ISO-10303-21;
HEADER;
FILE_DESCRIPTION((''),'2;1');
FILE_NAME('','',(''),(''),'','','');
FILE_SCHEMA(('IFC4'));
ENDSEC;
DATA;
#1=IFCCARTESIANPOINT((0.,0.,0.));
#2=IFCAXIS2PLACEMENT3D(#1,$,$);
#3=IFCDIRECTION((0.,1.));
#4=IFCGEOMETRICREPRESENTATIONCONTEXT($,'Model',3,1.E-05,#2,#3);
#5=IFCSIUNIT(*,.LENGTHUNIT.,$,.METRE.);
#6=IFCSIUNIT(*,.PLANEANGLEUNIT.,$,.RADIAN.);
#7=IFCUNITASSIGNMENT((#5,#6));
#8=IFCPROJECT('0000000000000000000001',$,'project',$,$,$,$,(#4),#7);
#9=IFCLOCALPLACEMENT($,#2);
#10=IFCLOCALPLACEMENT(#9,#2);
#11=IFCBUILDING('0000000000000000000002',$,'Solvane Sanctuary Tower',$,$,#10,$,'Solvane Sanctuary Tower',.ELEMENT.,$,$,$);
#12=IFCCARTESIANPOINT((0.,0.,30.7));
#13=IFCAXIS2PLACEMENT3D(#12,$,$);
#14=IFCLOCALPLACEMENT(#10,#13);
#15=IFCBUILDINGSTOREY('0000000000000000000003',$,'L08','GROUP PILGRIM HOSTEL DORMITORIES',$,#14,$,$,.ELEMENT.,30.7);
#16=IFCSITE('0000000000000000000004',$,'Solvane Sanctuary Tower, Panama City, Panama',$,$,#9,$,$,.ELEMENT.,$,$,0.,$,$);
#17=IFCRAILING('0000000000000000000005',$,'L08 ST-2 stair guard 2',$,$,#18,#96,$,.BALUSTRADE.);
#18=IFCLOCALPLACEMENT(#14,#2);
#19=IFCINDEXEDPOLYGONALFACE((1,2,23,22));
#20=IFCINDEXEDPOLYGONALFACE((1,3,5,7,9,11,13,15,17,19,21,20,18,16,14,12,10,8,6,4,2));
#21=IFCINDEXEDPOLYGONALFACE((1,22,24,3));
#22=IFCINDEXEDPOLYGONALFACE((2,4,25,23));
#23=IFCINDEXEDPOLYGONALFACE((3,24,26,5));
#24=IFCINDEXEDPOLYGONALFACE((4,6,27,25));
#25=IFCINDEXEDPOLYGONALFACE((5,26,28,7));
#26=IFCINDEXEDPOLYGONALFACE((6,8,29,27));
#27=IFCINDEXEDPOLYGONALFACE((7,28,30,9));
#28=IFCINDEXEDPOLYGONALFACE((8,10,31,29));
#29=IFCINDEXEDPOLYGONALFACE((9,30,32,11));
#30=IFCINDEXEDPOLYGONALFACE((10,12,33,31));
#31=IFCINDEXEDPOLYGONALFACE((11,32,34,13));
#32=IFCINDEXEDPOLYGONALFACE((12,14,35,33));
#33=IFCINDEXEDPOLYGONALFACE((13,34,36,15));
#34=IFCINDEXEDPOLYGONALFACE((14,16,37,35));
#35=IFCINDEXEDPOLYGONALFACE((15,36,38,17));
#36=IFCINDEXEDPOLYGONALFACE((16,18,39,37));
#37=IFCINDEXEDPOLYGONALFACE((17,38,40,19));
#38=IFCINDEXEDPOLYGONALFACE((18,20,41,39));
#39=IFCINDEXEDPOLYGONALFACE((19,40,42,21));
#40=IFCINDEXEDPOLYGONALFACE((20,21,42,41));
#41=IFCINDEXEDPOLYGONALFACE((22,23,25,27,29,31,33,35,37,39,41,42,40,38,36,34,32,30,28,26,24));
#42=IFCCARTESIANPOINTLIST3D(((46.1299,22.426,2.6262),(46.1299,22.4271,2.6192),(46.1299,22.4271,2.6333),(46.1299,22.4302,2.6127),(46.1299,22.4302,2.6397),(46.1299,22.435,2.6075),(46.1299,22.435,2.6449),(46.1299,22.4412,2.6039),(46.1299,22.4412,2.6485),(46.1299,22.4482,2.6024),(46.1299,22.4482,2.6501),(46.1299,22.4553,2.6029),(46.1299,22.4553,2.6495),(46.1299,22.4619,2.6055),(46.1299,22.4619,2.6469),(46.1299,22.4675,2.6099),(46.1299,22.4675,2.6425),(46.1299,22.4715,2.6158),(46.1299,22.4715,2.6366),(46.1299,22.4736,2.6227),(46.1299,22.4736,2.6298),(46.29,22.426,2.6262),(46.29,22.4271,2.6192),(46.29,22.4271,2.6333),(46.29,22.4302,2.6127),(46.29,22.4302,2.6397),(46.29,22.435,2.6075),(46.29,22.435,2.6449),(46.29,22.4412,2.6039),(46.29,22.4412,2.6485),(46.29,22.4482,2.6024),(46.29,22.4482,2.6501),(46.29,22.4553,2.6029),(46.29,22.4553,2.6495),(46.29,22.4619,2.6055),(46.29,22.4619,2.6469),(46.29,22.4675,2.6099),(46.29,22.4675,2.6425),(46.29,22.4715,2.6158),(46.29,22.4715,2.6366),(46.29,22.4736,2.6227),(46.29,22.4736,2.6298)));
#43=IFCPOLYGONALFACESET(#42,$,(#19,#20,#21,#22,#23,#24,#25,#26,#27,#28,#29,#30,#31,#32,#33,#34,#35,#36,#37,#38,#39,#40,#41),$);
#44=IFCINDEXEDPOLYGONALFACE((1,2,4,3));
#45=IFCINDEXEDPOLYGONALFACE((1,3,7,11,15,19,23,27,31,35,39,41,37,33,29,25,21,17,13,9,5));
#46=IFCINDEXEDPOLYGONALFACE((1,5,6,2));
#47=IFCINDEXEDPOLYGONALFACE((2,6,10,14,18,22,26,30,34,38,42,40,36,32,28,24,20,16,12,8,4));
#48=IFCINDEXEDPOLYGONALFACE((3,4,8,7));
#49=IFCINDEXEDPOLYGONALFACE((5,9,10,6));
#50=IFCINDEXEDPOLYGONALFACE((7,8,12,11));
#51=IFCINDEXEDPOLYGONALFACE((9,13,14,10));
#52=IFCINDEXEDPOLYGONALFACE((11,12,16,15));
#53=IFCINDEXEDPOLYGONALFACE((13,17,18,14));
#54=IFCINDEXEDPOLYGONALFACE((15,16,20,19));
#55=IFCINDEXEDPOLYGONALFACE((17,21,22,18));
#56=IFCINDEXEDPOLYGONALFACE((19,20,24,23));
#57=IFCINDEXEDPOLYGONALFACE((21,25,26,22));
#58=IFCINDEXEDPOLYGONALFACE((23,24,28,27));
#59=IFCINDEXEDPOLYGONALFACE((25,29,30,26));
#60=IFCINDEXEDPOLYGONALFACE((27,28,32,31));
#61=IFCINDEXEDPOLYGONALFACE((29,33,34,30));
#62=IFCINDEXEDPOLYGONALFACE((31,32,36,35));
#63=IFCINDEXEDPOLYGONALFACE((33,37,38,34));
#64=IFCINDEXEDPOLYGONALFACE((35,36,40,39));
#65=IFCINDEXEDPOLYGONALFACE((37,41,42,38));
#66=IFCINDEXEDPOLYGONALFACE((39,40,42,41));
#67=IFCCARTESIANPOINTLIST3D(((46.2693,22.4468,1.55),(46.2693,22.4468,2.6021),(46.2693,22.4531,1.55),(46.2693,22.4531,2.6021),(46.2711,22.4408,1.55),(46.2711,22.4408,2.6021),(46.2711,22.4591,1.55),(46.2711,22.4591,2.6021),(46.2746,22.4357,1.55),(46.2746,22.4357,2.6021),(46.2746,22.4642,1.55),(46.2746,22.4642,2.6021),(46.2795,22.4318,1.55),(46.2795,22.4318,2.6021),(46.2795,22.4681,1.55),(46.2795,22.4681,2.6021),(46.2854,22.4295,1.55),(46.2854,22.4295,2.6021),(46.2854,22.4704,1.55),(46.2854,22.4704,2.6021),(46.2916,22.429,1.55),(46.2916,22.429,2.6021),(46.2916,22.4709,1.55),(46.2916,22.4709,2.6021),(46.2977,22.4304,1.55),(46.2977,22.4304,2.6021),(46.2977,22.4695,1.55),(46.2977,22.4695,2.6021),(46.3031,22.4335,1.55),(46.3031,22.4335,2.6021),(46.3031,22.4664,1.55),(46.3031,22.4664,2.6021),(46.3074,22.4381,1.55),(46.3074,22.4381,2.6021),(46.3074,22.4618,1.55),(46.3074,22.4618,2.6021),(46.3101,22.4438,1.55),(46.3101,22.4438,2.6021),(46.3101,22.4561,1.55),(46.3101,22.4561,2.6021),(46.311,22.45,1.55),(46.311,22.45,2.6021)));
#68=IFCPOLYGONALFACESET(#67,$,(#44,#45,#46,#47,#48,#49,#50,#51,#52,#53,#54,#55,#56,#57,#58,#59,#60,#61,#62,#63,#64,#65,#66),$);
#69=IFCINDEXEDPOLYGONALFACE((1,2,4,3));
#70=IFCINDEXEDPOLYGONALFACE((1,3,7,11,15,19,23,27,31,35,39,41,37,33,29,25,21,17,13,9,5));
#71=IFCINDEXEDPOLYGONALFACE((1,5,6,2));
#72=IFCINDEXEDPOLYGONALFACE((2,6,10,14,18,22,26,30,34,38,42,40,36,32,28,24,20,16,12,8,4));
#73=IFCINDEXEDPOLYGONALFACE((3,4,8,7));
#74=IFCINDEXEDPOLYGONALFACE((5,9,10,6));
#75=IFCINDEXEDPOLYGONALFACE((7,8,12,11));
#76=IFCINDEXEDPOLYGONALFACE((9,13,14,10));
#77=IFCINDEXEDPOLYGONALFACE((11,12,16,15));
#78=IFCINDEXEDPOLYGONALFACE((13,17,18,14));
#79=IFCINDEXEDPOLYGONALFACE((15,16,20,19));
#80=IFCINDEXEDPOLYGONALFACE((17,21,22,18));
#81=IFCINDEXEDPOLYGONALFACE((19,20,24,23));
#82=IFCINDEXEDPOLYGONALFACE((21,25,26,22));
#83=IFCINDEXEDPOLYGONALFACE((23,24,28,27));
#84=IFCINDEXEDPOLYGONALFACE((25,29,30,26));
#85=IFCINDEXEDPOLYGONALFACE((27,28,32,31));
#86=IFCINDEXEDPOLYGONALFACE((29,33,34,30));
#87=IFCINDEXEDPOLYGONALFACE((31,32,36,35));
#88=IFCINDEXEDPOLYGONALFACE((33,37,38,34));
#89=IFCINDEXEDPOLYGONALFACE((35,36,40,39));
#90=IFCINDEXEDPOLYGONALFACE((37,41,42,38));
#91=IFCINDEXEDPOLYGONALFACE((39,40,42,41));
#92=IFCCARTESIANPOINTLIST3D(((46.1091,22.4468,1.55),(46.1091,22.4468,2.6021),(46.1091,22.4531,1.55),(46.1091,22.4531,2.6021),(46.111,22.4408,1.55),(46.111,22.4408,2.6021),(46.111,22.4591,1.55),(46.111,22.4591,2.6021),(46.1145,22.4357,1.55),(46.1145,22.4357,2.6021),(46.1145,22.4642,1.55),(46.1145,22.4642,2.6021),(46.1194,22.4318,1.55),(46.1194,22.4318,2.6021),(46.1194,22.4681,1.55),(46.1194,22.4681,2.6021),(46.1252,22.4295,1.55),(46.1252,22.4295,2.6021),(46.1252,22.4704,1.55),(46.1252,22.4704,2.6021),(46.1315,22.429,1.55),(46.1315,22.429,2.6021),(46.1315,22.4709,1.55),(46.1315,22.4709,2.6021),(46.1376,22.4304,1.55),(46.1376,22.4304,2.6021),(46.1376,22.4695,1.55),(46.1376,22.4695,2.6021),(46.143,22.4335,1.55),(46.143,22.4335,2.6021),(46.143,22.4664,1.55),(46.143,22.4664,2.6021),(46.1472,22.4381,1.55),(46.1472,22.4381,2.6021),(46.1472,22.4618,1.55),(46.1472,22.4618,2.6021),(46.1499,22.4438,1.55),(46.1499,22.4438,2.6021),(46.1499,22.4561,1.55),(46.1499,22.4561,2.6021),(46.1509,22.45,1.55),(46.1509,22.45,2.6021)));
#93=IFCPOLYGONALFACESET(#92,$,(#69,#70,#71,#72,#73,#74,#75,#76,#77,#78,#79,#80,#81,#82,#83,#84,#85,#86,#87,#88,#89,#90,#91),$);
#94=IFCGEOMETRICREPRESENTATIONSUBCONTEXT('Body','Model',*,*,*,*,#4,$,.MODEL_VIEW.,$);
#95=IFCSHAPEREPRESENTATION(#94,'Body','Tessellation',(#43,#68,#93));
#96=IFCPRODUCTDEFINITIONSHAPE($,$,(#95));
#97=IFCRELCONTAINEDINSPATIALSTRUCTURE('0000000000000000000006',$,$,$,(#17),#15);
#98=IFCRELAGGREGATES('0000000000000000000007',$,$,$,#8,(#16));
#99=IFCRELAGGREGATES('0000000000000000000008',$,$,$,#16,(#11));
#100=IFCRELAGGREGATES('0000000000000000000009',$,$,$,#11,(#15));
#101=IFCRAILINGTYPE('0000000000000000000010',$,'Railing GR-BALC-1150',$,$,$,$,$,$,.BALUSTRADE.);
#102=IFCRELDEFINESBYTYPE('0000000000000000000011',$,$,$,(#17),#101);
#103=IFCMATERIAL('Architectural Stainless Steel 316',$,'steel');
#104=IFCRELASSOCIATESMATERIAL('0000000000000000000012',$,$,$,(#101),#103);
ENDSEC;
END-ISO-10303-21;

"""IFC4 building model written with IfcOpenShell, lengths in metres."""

from ifc_helpers import new_model, si_unit, direction, frame, origin, origin_2d, place, context, subcontext, project, spatial, circle, extrude, material, type_object, element, save


model = new_model("IFC4")

# Units and contexts
model_context = context("Model", 3, precision=1e-05, world=origin(), true_north=direction((0.0, 1.0)))
body_context = subcontext(model_context, "Body", "Model", "MODEL_VIEW")
ifc_project = project(units=[si_unit("LENGTHUNIT", "METRE"), si_unit("PLANEANGLEUNIT", "RADIAN")], contexts=[model_context])

# Site, building, storey
site_placement = place(None, origin())
site = spatial("IfcSite", under=ifc_project, at=site_placement, Name="Solvane Sanctuary Tower, Panama City, Panama", CompositionType="ELEMENT", RefElevation=0.0)
building_placement = place(site_placement, origin())
building = spatial("IfcBuilding", under=site, at=building_placement, Name="Solvane Sanctuary Tower", LongName="Solvane Sanctuary Tower", CompositionType="ELEMENT")
storey_placement = place(building_placement, frame((0.0, 0.0, 30.7)))
storey = spatial("IfcBuildingStorey", under=building, at=storey_placement, Name="L08", Description="GROUP PILGRIM HOSTEL DORMITORIES", CompositionType="ELEMENT", Elevation=30.7)

# Shared definitions
ifc_material_1 = material(Name="Architectural Stainless Steel 316", Category="steel")

# Railing
railing_type_1 = type_object("IfcRailingType", Name="Railing GR-BALC-1150", PredefinedType="BALUSTRADE", material=ifc_material_1)
railing_1_placement = place(storey_placement, frame((46.29, 22.45, 1.55)))
element("IfcRailing", 1, at=railing_1_placement, inside=storey, type_object=railing_type_1, Name="L08 ST-2 stair guard 2", PredefinedType="BALUSTRADE", context=body_context, shape_type="SweptSolid", body=[
    extrude(circle(Radius=0.0239, at=origin_2d()), frame((0.0, 0.0, 1.0762), z_axis=(-1.0, 0.0, 0.0), x_axis=(0.0, -1.0, 0.0)), (0.0, 0.0, 1.0), 0.1602),
    extrude(circle(Radius=0.021, at=origin_2d()), origin(), (0.0, 0.0, 1.0), 1.052),
    extrude(circle(Radius=0.021, at=origin_2d()), frame((-0.1602, 0.0, 0.0)), (0.0, 0.0, 1.0), 1.052),
])

save(model, "model.ifc")
